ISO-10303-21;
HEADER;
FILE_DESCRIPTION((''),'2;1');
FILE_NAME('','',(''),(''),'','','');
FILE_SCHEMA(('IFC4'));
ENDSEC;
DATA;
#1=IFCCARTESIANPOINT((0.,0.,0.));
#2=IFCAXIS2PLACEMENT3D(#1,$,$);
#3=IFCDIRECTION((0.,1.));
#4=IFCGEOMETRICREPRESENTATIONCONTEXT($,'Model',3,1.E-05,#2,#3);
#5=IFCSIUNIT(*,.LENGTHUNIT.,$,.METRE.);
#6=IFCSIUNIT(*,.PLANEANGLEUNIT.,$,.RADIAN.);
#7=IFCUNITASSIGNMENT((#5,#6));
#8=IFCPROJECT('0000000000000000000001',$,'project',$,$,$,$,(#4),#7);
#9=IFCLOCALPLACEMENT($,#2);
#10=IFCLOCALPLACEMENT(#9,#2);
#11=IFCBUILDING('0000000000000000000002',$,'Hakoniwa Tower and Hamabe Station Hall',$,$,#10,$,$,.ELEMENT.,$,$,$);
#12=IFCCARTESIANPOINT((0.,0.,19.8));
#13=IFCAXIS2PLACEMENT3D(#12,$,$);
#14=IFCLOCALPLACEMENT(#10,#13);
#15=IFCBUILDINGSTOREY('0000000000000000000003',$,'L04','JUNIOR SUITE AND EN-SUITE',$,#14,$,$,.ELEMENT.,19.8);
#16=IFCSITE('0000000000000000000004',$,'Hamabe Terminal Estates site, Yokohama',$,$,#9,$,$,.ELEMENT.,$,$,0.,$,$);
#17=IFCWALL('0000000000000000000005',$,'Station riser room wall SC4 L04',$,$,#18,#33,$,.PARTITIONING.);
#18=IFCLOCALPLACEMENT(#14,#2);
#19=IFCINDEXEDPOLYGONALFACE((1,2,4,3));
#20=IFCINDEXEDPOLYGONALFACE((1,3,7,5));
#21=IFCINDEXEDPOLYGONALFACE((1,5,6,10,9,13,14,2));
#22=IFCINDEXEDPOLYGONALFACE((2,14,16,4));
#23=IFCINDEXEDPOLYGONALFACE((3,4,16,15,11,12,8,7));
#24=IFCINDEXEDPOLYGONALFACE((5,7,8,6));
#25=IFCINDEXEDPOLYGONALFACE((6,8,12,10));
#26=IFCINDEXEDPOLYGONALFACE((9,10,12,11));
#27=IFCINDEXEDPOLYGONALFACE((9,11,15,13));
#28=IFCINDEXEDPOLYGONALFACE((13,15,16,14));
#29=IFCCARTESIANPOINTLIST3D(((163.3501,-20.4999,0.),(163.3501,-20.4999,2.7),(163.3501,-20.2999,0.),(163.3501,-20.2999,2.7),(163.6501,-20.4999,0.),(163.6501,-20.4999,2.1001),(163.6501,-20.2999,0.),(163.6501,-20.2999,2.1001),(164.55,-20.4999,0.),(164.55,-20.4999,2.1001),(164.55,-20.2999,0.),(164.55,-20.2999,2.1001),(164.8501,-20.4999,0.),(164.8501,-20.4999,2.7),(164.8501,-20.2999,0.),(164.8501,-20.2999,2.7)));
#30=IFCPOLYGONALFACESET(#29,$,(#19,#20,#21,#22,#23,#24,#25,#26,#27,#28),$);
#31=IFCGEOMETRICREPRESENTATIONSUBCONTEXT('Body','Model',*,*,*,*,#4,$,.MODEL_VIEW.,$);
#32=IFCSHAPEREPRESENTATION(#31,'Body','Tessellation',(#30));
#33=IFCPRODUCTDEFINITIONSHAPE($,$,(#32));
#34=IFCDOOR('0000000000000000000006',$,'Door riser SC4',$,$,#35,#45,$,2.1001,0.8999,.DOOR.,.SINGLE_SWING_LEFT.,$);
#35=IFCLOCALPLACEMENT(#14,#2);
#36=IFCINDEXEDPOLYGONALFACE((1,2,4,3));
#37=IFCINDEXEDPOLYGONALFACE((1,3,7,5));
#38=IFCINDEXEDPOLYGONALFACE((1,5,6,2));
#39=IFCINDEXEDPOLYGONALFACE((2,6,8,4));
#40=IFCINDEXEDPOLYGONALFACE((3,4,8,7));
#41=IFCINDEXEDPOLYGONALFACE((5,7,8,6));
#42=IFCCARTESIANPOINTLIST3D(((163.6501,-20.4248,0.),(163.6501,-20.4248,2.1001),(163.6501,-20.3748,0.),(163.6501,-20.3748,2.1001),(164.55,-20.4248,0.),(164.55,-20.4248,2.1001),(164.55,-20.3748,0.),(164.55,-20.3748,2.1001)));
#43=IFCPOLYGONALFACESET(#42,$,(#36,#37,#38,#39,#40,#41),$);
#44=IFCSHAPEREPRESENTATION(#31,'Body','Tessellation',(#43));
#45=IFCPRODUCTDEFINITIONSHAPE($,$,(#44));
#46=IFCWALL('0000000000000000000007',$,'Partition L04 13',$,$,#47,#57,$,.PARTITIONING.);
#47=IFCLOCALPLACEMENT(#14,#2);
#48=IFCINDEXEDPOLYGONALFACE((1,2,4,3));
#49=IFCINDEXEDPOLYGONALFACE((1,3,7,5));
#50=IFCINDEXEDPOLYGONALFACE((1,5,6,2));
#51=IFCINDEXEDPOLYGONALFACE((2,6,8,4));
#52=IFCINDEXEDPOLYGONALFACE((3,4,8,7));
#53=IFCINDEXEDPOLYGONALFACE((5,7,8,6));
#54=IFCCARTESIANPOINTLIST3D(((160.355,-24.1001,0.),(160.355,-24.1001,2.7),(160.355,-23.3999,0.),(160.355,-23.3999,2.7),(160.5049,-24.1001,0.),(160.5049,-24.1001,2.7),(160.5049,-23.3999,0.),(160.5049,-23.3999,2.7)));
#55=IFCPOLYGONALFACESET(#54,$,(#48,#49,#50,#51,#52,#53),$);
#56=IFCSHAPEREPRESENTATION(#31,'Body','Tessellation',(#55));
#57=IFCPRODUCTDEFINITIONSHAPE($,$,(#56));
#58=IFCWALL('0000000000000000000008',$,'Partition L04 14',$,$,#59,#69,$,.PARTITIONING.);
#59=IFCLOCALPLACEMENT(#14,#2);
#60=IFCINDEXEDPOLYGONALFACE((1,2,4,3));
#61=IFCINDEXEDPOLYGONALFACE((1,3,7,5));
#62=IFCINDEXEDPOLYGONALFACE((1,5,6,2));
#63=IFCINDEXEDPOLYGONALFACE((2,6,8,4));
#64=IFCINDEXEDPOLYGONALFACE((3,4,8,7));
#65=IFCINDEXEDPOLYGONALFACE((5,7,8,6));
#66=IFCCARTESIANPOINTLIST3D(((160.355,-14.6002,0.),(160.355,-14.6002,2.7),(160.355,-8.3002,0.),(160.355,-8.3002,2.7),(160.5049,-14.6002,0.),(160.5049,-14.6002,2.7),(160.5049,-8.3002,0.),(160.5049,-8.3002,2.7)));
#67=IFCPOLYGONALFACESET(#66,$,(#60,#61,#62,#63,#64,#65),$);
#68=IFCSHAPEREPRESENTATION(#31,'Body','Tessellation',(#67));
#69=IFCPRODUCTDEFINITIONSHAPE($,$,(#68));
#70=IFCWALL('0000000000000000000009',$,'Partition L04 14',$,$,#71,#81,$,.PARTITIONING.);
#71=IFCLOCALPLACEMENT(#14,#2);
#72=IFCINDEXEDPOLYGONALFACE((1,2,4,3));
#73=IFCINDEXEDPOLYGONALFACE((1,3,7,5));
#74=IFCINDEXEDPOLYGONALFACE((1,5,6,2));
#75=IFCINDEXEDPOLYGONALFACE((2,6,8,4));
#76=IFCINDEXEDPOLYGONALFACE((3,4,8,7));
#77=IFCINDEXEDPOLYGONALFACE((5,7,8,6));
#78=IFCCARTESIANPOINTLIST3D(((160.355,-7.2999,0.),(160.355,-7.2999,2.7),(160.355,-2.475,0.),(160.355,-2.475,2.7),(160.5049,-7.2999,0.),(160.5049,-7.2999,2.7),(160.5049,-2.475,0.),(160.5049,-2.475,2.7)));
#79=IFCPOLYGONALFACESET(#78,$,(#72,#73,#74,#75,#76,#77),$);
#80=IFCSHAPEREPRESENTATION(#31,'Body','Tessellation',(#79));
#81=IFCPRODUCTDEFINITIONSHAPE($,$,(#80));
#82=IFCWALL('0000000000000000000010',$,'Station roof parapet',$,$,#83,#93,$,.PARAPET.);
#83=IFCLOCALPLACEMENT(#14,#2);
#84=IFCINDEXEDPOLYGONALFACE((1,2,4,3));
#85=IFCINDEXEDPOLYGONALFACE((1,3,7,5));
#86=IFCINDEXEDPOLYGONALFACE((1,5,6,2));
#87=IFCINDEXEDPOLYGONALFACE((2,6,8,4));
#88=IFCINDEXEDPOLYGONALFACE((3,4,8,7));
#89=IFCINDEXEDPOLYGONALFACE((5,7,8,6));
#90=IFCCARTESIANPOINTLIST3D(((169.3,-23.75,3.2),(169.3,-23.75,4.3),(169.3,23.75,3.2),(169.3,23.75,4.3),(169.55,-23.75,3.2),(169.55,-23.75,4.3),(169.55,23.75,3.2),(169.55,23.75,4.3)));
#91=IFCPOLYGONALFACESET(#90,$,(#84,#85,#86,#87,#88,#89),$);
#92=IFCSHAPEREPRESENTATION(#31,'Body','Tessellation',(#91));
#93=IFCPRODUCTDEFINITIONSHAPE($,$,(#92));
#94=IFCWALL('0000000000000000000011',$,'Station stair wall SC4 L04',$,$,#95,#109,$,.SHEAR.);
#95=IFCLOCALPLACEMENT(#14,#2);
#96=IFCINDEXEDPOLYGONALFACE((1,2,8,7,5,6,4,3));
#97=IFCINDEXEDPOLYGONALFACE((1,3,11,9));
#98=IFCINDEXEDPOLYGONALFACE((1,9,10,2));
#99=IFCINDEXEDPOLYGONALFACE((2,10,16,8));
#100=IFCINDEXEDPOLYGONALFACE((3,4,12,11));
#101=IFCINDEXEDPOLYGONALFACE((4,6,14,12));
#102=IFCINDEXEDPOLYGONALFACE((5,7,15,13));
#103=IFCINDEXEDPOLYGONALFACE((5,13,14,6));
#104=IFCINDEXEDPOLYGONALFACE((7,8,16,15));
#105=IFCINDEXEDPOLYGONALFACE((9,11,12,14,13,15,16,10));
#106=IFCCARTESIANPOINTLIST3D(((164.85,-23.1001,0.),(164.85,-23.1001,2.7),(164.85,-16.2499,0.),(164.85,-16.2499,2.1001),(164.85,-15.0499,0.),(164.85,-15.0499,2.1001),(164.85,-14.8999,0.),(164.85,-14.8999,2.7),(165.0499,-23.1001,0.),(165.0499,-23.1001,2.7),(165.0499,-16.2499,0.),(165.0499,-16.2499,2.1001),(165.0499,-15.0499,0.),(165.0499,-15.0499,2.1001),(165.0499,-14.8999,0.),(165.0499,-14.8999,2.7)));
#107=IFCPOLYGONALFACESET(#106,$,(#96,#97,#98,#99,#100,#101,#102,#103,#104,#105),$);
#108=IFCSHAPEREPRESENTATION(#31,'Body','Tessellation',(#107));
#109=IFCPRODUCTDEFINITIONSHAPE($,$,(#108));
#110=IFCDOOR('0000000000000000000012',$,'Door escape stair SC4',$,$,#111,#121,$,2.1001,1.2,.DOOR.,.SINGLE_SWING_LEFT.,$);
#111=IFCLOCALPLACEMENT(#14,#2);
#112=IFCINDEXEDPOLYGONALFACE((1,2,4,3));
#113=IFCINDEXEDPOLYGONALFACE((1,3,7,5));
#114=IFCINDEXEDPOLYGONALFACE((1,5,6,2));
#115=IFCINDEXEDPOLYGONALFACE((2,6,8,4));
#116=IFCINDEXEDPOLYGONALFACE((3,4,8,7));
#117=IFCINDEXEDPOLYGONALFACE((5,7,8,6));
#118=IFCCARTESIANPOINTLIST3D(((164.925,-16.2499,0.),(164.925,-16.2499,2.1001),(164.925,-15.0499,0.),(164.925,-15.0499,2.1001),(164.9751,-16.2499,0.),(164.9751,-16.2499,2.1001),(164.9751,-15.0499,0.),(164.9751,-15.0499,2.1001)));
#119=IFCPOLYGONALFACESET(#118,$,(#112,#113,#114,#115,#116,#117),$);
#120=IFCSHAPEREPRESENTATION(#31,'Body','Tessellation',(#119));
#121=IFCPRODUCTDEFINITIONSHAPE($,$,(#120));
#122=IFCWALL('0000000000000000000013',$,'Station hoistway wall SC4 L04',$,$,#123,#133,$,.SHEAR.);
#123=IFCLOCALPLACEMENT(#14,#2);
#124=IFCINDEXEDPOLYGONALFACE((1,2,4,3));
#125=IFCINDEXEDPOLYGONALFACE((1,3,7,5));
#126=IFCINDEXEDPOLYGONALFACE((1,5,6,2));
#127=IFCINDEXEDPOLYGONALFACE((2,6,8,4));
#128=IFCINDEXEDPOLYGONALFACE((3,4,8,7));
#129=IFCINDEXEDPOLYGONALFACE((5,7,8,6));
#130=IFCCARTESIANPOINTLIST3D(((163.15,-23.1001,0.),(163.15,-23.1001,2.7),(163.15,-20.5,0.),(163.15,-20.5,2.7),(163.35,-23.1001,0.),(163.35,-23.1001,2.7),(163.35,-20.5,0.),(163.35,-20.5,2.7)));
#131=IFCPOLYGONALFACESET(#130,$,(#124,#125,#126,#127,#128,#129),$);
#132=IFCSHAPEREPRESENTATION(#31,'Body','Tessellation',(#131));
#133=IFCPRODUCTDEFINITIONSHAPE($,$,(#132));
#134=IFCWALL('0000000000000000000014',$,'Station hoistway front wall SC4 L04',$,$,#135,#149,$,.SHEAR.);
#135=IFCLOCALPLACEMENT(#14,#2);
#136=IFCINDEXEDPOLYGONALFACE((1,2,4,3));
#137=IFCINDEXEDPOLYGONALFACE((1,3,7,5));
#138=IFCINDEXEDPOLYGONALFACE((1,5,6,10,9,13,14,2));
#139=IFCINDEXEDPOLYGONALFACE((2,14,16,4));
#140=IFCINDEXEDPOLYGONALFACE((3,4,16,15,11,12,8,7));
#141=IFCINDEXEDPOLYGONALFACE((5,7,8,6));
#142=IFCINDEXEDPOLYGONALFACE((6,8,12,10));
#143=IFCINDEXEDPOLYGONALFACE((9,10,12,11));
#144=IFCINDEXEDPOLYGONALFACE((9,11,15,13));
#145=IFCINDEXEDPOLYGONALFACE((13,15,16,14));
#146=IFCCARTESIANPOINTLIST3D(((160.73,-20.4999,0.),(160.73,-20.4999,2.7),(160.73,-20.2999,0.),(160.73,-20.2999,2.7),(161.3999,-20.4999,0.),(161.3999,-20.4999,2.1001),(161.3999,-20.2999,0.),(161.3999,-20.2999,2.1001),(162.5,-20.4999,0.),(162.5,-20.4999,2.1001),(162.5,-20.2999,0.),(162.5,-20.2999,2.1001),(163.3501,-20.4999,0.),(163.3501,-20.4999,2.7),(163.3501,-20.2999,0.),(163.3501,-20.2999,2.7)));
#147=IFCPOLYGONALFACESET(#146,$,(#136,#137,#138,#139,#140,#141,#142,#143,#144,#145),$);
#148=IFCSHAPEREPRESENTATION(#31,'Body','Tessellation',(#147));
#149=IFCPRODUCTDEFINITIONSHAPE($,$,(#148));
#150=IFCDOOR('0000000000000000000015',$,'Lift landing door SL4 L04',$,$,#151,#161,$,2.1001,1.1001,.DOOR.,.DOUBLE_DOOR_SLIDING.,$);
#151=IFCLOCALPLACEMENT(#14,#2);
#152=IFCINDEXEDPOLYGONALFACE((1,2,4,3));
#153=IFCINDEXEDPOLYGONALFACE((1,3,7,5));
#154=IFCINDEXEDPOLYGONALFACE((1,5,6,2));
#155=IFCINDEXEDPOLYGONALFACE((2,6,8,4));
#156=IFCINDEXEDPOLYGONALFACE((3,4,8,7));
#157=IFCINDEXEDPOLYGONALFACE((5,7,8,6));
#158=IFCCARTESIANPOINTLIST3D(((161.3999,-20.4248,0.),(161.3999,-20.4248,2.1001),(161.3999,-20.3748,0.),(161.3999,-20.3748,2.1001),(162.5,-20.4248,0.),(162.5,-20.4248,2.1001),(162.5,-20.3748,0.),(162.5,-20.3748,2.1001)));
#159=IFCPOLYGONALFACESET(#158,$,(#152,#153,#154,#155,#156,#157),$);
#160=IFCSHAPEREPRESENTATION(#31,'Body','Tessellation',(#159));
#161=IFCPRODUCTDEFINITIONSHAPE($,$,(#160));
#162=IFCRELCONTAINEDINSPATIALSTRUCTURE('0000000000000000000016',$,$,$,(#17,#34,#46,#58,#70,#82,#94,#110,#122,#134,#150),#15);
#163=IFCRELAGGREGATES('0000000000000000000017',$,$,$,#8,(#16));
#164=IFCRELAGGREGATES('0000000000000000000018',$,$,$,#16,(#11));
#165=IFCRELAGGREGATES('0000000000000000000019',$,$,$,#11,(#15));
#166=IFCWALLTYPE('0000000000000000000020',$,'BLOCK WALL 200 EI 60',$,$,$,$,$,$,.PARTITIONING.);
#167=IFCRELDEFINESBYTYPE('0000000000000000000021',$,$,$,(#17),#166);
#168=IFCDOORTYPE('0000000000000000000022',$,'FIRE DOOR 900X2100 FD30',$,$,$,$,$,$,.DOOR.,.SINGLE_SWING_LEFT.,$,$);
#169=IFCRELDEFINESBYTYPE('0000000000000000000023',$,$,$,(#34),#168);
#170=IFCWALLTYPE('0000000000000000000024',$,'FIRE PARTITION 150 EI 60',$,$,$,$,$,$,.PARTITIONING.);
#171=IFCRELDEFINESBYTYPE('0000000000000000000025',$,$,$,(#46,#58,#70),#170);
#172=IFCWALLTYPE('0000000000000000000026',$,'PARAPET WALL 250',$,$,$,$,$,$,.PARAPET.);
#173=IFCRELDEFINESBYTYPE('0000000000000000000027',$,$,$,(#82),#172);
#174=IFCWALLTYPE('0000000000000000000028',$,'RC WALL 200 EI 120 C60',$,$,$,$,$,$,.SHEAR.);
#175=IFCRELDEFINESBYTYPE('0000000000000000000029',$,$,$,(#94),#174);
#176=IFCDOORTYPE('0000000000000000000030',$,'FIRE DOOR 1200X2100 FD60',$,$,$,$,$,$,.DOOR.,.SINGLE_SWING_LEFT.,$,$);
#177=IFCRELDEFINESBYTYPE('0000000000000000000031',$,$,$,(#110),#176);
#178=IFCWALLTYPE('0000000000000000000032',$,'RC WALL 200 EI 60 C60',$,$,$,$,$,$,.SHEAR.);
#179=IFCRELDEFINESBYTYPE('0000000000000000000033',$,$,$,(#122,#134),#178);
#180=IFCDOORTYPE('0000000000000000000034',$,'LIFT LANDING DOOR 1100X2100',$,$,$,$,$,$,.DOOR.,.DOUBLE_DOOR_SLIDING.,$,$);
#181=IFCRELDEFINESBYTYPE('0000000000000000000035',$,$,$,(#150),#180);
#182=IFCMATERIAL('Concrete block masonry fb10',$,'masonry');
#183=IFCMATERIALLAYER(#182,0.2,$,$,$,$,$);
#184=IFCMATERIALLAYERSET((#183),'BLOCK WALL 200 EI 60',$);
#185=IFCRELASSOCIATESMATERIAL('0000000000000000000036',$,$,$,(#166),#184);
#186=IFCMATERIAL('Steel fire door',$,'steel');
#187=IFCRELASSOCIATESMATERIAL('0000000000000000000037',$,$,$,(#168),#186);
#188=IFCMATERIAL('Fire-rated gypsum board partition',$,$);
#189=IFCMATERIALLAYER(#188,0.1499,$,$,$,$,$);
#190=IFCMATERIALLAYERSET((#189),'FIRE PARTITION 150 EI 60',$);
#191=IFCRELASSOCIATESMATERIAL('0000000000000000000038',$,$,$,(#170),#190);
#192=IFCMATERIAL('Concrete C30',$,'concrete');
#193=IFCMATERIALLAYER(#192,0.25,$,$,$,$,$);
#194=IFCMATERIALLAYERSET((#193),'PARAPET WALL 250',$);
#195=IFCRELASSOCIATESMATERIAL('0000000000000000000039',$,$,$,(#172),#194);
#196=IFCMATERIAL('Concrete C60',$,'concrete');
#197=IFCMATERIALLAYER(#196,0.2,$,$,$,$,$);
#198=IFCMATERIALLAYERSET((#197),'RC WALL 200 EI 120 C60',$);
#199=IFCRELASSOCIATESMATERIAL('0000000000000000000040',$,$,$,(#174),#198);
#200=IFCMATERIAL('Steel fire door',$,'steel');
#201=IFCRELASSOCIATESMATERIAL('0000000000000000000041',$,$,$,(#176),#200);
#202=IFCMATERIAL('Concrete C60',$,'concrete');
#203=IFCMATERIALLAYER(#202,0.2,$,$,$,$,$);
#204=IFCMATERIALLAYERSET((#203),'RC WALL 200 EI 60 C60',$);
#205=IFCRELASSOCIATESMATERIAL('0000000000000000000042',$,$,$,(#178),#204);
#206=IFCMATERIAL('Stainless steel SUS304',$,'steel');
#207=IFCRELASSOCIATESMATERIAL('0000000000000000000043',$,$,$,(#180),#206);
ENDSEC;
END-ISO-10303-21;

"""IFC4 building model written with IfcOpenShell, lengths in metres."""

from ifc_helpers import new_model, si_unit, direction, frame, frame_2d, origin, place, context, subcontext, project, spatial, rectangle, extrude, material, layer, layer_set, type_object, element, fill, save


model = new_model("IFC4")

# Units and contexts
model_context = context("Model", 3, precision=1e-05, world=origin(), true_north=direction((0.0, 1.0)))
body_context = subcontext(model_context, "Body", "Model", "MODEL_VIEW")
ifc_project = project(units=[si_unit("LENGTHUNIT", "METRE"), si_unit("PLANEANGLEUNIT", "RADIAN")], contexts=[model_context])

# Site, building, storey
site_placement = place(None, origin())
site = spatial("IfcSite", under=ifc_project, at=site_placement, Name="Hamabe Terminal Estates site, Yokohama", CompositionType="ELEMENT", RefElevation=0.0)
building_placement = place(site_placement, origin())
building = spatial("IfcBuilding", under=site, at=building_placement, Name="Hakoniwa Tower and Hamabe Station Hall", CompositionType="ELEMENT")
storey_placement = place(building_placement, frame((0.0, 0.0, 19.8)))
storey = spatial("IfcBuildingStorey", under=building, at=storey_placement, Name="L04", Description="JUNIOR SUITE AND EN-SUITE", CompositionType="ELEMENT", Elevation=19.8)

# Wall, opening, door
ifc_material_1 = material(Name="Concrete block masonry fb10", Category="masonry")
ifc_layer_1 = layer(ifc_material_1, 0.2)
ifc_layer_set_1 = layer_set([ifc_layer_1], Name="BLOCK WALL 200 EI 60")
wall_type_1 = type_object("IfcWallType", Name="BLOCK WALL 200 EI 60", PredefinedType="PARTITIONING", material=ifc_layer_set_1)
wall_1_placement = place(storey_placement, frame((164.8501, -20.3999, 0.0), z_axis=(0.0, 0.0, 1.0), x_axis=(-1.0, 0.0, 0.0)))
wall_1 = element("IfcWall", 1, at=wall_1_placement, inside=storey, type_object=wall_type_1, Name="Station riser room wall SC4 L04", PredefinedType="PARTITIONING", context=body_context, shape_type="SweptSolid", body=[
    extrude(rectangle(XDim=1.5, YDim=0.2, at=frame_2d((0.75, 0.0))), origin(), (0.0, 0.0, 1.0), 2.7),
])
opening_1_placement = place(wall_1_placement, frame((0.3, 0.0, 0.0)))
opening_1 = element("IfcOpeningElement", 2, at=opening_1_placement, cuts=wall_1, PredefinedType="OPENING", context=body_context, shape_type="SweptSolid", body=[
    extrude(rectangle(XDim=0.8999, YDim=2.1001, at=frame_2d((0.45, 1.05))), frame((0.0, 0.1099, 0.0), z_axis=(0.0, -1.0, 0.0), x_axis=(1.0, 0.0, 0.0)), (0.0, 0.0, 1.0), 0.22),
])
ifc_material_2 = material(Name="Steel fire door", Category="steel")
door_type_1 = type_object("IfcDoorType", Name="FIRE DOOR 900X2100 FD30", OperationType="SINGLE_SWING_LEFT", PredefinedType="DOOR", material=ifc_material_2)
door_1_placement = place(opening_1_placement, origin())
door_1 = element("IfcDoor", 3, at=door_1_placement, inside=storey, type_object=door_type_1, Name="Door riser SC4", OperationType="SINGLE_SWING_LEFT", OverallHeight=2.1001, OverallWidth=0.8999, PredefinedType="DOOR", context=body_context, shape_type="SweptSolid", body=[
    extrude(rectangle(XDim=0.8999, YDim=2.1001, at=frame_2d((0.45, 1.05))), frame((0.0, 0.0249, 0.0), z_axis=(0.0, -1.0, 0.0), x_axis=(1.0, 0.0, 0.0)), (0.0, 0.0, 1.0), 0.05),
])
fill(opening_1, door_1)

# Walls
ifc_material_3 = material(Name="Fire-rated gypsum board partition")
ifc_layer_2 = layer(ifc_material_3, 0.1499)
ifc_layer_set_2 = layer_set([ifc_layer_2], Name="FIRE PARTITION 150 EI 60")
wall_type_2 = type_object("IfcWallType", Name="FIRE PARTITION 150 EI 60", PredefinedType="PARTITIONING", material=ifc_layer_set_2)
wall_2_placement = place(storey_placement, frame((160.4299, -24.1001, 0.0), z_axis=(0.0, 0.0, 1.0), x_axis=(0.0, 1.0, 0.0)))
element("IfcWall", 4, at=wall_2_placement, inside=storey, type_object=wall_type_2, Name="Partition L04 13", PredefinedType="PARTITIONING", context=body_context, shape_type="SweptSolid", body=[
    extrude(rectangle(XDim=0.7002, YDim=0.1499, at=frame_2d((0.3501, 0.0))), origin(), (0.0, 0.0, 1.0), 2.7),
])
wall_3_placement = place(storey_placement, frame((160.4299, -14.6001, 0.0), z_axis=(0.0, 0.0, 1.0), x_axis=(0.0, 1.0, 0.0)))
element("IfcWall", 5, at=wall_3_placement, inside=storey, type_object=wall_type_2, Name="Partition L04 14", PredefinedType="PARTITIONING", context=body_context, shape_type="SweptSolid", body=[
    extrude(rectangle(XDim=6.3, YDim=0.1499, at=frame_2d((3.1499, 0.0))), origin(), (0.0, 0.0, 1.0), 2.7),
])
wall_4_placement = place(storey_placement, frame((160.4299, -7.3, 0.0), z_axis=(0.0, 0.0, 1.0), x_axis=(0.0, 1.0, 0.0)))
element("IfcWall", 6, at=wall_4_placement, inside=storey, type_object=wall_type_2, Name="Partition L04 14", PredefinedType="PARTITIONING", context=body_context, shape_type="SweptSolid", body=[
    extrude(rectangle(XDim=4.825, YDim=0.1499, at=frame_2d((2.4126, 0.0))), origin(), (0.0, 0.0, 1.0), 2.7),
])
ifc_material_4 = material(Name="Concrete C30", Category="concrete")
ifc_layer_3 = layer(ifc_material_4, 0.25)
ifc_layer_set_3 = layer_set([ifc_layer_3], Name="PARAPET WALL 250")
wall_type_3 = type_object("IfcWallType", Name="PARAPET WALL 250", PredefinedType="PARAPET", material=ifc_layer_set_3)
wall_5_placement = place(storey_placement, frame((169.425, -23.75, 3.2), z_axis=(0.0, 0.0, 1.0), x_axis=(0.0, 1.0, 0.0)))
element("IfcWall", 7, at=wall_5_placement, inside=storey, type_object=wall_type_3, Name="Station roof parapet", PredefinedType="PARAPET", context=body_context, shape_type="SweptSolid", body=[
    extrude(rectangle(XDim=47.5, YDim=0.25, at=frame_2d((23.75, 0.0))), origin(), (0.0, 0.0, 1.0), 1.1001),
])

# Wall, opening, door
ifc_material_5 = material(Name="Concrete C60", Category="concrete")
ifc_layer_4 = layer(ifc_material_5, 0.2)
ifc_layer_set_4 = layer_set([ifc_layer_4], Name="RC WALL 200 EI 120 C60")
wall_type_4 = type_object("IfcWallType", Name="RC WALL 200 EI 120 C60", PredefinedType="SHEAR", material=ifc_layer_set_4)
wall_6_placement = place(storey_placement, frame((164.95, -23.1001, 0.0), z_axis=(0.0, 0.0, 1.0), x_axis=(0.0, 1.0, 0.0)))
wall_6 = element("IfcWall", 8, at=wall_6_placement, inside=storey, type_object=wall_type_4, Name="Station stair wall SC4 L04", PredefinedType="SHEAR", context=body_context, shape_type="SweptSolid", body=[
    extrude(rectangle(XDim=8.2002, YDim=0.2, at=frame_2d((4.1001, 0.0))), origin(), (0.0, 0.0, 1.0), 2.7),
])
opening_2_placement = place(wall_6_placement, frame((6.8501, 0.0, 0.0)))
opening_2 = element("IfcOpeningElement", 9, at=opening_2_placement, cuts=wall_6, PredefinedType="OPENING", context=body_context, shape_type="SweptSolid", body=[
    extrude(rectangle(XDim=1.2, YDim=2.1001, at=frame_2d((0.6001, 1.05))), frame((0.0, 0.1099, 0.0), z_axis=(0.0, -1.0, 0.0), x_axis=(1.0, 0.0, 0.0)), (0.0, 0.0, 1.0), 0.22),
])
ifc_material_6 = material(Name="Steel fire door", Category="steel")
door_type_2 = type_object("IfcDoorType", Name="FIRE DOOR 1200X2100 FD60", OperationType="SINGLE_SWING_LEFT", PredefinedType="DOOR", material=ifc_material_6)
door_2_placement = place(opening_2_placement, origin())
door_2 = element("IfcDoor", 10, at=door_2_placement, inside=storey, type_object=door_type_2, Name="Door escape stair SC4", OperationType="SINGLE_SWING_LEFT", OverallHeight=2.1001, OverallWidth=1.2, PredefinedType="DOOR", context=body_context, shape_type="SweptSolid", body=[
    extrude(rectangle(XDim=1.2, YDim=2.1001, at=frame_2d((0.6001, 1.05))), frame((0.0, 0.0249, 0.0), z_axis=(0.0, -1.0, 0.0), x_axis=(1.0, 0.0, 0.0)), (0.0, 0.0, 1.0), 0.05),
])
fill(opening_2, door_2)

# Wall
ifc_material_7 = material(Name="Concrete C60", Category="concrete")
ifc_layer_5 = layer(ifc_material_7, 0.2)
ifc_layer_set_5 = layer_set([ifc_layer_5], Name="RC WALL 200 EI 60 C60")
wall_type_5 = type_object("IfcWallType", Name="RC WALL 200 EI 60 C60", PredefinedType="SHEAR", material=ifc_layer_set_5)
wall_7_placement = place(storey_placement, frame((163.25, -23.1001, 0.0), z_axis=(0.0, 0.0, 1.0), x_axis=(0.0, 1.0, 0.0)))
element("IfcWall", 11, at=wall_7_placement, inside=storey, type_object=wall_type_5, Name="Station hoistway wall SC4 L04", PredefinedType="SHEAR", context=body_context, shape_type="SweptSolid", body=[
    extrude(rectangle(XDim=2.6001, YDim=0.2, at=frame_2d((1.3, 0.0))), origin(), (0.0, 0.0, 1.0), 2.7),
])

# Wall, opening, door
wall_8_placement = place(storey_placement, frame((163.3501, -20.3999, 0.0), z_axis=(0.0, 0.0, 1.0), x_axis=(-1.0, 0.0, 0.0)))
wall_8 = element("IfcWall", 12, at=wall_8_placement, inside=storey, type_object=wall_type_5, Name="Station hoistway front wall SC4 L04", PredefinedType="SHEAR", context=body_context, shape_type="SweptSolid", body=[
    extrude(rectangle(XDim=2.6201, YDim=0.2, at=frame_2d((1.3101, 0.0))), origin(), (0.0, 0.0, 1.0), 2.7),
])
opening_3_placement = place(wall_8_placement, frame((0.8501, 0.0, 0.0)))
opening_3 = element("IfcOpeningElement", 13, at=opening_3_placement, cuts=wall_8, PredefinedType="OPENING", context=body_context, shape_type="SweptSolid", body=[
    extrude(rectangle(XDim=1.1001, YDim=2.1001, at=frame_2d((0.55, 1.05))), frame((0.0, 0.1099, 0.0), z_axis=(0.0, -1.0, 0.0), x_axis=(1.0, 0.0, 0.0)), (0.0, 0.0, 1.0), 0.22),
])
ifc_material_8 = material(Name="Stainless steel SUS304", Category="steel")
door_type_3 = type_object("IfcDoorType", Name="LIFT LANDING DOOR 1100X2100", OperationType="DOUBLE_DOOR_SLIDING", PredefinedType="DOOR", material=ifc_material_8)
door_3_placement = place(opening_3_placement, origin())
door_3 = element("IfcDoor", 14, at=door_3_placement, inside=storey, type_object=door_type_3, Name="Lift landing door SL4 L04", OperationType="DOUBLE_DOOR_SLIDING", OverallHeight=2.1001, OverallWidth=1.1001, PredefinedType="DOOR", context=body_context, shape_type="SweptSolid", body=[
    extrude(rectangle(XDim=1.1001, YDim=2.1001, at=frame_2d((0.55, 1.05))), frame((0.0, 0.0249, 0.0), z_axis=(0.0, -1.0, 0.0), x_axis=(1.0, 0.0, 0.0)), (0.0, 0.0, 1.0), 0.05),
])
fill(opening_3, door_3)

save(model, "model.ifc")
